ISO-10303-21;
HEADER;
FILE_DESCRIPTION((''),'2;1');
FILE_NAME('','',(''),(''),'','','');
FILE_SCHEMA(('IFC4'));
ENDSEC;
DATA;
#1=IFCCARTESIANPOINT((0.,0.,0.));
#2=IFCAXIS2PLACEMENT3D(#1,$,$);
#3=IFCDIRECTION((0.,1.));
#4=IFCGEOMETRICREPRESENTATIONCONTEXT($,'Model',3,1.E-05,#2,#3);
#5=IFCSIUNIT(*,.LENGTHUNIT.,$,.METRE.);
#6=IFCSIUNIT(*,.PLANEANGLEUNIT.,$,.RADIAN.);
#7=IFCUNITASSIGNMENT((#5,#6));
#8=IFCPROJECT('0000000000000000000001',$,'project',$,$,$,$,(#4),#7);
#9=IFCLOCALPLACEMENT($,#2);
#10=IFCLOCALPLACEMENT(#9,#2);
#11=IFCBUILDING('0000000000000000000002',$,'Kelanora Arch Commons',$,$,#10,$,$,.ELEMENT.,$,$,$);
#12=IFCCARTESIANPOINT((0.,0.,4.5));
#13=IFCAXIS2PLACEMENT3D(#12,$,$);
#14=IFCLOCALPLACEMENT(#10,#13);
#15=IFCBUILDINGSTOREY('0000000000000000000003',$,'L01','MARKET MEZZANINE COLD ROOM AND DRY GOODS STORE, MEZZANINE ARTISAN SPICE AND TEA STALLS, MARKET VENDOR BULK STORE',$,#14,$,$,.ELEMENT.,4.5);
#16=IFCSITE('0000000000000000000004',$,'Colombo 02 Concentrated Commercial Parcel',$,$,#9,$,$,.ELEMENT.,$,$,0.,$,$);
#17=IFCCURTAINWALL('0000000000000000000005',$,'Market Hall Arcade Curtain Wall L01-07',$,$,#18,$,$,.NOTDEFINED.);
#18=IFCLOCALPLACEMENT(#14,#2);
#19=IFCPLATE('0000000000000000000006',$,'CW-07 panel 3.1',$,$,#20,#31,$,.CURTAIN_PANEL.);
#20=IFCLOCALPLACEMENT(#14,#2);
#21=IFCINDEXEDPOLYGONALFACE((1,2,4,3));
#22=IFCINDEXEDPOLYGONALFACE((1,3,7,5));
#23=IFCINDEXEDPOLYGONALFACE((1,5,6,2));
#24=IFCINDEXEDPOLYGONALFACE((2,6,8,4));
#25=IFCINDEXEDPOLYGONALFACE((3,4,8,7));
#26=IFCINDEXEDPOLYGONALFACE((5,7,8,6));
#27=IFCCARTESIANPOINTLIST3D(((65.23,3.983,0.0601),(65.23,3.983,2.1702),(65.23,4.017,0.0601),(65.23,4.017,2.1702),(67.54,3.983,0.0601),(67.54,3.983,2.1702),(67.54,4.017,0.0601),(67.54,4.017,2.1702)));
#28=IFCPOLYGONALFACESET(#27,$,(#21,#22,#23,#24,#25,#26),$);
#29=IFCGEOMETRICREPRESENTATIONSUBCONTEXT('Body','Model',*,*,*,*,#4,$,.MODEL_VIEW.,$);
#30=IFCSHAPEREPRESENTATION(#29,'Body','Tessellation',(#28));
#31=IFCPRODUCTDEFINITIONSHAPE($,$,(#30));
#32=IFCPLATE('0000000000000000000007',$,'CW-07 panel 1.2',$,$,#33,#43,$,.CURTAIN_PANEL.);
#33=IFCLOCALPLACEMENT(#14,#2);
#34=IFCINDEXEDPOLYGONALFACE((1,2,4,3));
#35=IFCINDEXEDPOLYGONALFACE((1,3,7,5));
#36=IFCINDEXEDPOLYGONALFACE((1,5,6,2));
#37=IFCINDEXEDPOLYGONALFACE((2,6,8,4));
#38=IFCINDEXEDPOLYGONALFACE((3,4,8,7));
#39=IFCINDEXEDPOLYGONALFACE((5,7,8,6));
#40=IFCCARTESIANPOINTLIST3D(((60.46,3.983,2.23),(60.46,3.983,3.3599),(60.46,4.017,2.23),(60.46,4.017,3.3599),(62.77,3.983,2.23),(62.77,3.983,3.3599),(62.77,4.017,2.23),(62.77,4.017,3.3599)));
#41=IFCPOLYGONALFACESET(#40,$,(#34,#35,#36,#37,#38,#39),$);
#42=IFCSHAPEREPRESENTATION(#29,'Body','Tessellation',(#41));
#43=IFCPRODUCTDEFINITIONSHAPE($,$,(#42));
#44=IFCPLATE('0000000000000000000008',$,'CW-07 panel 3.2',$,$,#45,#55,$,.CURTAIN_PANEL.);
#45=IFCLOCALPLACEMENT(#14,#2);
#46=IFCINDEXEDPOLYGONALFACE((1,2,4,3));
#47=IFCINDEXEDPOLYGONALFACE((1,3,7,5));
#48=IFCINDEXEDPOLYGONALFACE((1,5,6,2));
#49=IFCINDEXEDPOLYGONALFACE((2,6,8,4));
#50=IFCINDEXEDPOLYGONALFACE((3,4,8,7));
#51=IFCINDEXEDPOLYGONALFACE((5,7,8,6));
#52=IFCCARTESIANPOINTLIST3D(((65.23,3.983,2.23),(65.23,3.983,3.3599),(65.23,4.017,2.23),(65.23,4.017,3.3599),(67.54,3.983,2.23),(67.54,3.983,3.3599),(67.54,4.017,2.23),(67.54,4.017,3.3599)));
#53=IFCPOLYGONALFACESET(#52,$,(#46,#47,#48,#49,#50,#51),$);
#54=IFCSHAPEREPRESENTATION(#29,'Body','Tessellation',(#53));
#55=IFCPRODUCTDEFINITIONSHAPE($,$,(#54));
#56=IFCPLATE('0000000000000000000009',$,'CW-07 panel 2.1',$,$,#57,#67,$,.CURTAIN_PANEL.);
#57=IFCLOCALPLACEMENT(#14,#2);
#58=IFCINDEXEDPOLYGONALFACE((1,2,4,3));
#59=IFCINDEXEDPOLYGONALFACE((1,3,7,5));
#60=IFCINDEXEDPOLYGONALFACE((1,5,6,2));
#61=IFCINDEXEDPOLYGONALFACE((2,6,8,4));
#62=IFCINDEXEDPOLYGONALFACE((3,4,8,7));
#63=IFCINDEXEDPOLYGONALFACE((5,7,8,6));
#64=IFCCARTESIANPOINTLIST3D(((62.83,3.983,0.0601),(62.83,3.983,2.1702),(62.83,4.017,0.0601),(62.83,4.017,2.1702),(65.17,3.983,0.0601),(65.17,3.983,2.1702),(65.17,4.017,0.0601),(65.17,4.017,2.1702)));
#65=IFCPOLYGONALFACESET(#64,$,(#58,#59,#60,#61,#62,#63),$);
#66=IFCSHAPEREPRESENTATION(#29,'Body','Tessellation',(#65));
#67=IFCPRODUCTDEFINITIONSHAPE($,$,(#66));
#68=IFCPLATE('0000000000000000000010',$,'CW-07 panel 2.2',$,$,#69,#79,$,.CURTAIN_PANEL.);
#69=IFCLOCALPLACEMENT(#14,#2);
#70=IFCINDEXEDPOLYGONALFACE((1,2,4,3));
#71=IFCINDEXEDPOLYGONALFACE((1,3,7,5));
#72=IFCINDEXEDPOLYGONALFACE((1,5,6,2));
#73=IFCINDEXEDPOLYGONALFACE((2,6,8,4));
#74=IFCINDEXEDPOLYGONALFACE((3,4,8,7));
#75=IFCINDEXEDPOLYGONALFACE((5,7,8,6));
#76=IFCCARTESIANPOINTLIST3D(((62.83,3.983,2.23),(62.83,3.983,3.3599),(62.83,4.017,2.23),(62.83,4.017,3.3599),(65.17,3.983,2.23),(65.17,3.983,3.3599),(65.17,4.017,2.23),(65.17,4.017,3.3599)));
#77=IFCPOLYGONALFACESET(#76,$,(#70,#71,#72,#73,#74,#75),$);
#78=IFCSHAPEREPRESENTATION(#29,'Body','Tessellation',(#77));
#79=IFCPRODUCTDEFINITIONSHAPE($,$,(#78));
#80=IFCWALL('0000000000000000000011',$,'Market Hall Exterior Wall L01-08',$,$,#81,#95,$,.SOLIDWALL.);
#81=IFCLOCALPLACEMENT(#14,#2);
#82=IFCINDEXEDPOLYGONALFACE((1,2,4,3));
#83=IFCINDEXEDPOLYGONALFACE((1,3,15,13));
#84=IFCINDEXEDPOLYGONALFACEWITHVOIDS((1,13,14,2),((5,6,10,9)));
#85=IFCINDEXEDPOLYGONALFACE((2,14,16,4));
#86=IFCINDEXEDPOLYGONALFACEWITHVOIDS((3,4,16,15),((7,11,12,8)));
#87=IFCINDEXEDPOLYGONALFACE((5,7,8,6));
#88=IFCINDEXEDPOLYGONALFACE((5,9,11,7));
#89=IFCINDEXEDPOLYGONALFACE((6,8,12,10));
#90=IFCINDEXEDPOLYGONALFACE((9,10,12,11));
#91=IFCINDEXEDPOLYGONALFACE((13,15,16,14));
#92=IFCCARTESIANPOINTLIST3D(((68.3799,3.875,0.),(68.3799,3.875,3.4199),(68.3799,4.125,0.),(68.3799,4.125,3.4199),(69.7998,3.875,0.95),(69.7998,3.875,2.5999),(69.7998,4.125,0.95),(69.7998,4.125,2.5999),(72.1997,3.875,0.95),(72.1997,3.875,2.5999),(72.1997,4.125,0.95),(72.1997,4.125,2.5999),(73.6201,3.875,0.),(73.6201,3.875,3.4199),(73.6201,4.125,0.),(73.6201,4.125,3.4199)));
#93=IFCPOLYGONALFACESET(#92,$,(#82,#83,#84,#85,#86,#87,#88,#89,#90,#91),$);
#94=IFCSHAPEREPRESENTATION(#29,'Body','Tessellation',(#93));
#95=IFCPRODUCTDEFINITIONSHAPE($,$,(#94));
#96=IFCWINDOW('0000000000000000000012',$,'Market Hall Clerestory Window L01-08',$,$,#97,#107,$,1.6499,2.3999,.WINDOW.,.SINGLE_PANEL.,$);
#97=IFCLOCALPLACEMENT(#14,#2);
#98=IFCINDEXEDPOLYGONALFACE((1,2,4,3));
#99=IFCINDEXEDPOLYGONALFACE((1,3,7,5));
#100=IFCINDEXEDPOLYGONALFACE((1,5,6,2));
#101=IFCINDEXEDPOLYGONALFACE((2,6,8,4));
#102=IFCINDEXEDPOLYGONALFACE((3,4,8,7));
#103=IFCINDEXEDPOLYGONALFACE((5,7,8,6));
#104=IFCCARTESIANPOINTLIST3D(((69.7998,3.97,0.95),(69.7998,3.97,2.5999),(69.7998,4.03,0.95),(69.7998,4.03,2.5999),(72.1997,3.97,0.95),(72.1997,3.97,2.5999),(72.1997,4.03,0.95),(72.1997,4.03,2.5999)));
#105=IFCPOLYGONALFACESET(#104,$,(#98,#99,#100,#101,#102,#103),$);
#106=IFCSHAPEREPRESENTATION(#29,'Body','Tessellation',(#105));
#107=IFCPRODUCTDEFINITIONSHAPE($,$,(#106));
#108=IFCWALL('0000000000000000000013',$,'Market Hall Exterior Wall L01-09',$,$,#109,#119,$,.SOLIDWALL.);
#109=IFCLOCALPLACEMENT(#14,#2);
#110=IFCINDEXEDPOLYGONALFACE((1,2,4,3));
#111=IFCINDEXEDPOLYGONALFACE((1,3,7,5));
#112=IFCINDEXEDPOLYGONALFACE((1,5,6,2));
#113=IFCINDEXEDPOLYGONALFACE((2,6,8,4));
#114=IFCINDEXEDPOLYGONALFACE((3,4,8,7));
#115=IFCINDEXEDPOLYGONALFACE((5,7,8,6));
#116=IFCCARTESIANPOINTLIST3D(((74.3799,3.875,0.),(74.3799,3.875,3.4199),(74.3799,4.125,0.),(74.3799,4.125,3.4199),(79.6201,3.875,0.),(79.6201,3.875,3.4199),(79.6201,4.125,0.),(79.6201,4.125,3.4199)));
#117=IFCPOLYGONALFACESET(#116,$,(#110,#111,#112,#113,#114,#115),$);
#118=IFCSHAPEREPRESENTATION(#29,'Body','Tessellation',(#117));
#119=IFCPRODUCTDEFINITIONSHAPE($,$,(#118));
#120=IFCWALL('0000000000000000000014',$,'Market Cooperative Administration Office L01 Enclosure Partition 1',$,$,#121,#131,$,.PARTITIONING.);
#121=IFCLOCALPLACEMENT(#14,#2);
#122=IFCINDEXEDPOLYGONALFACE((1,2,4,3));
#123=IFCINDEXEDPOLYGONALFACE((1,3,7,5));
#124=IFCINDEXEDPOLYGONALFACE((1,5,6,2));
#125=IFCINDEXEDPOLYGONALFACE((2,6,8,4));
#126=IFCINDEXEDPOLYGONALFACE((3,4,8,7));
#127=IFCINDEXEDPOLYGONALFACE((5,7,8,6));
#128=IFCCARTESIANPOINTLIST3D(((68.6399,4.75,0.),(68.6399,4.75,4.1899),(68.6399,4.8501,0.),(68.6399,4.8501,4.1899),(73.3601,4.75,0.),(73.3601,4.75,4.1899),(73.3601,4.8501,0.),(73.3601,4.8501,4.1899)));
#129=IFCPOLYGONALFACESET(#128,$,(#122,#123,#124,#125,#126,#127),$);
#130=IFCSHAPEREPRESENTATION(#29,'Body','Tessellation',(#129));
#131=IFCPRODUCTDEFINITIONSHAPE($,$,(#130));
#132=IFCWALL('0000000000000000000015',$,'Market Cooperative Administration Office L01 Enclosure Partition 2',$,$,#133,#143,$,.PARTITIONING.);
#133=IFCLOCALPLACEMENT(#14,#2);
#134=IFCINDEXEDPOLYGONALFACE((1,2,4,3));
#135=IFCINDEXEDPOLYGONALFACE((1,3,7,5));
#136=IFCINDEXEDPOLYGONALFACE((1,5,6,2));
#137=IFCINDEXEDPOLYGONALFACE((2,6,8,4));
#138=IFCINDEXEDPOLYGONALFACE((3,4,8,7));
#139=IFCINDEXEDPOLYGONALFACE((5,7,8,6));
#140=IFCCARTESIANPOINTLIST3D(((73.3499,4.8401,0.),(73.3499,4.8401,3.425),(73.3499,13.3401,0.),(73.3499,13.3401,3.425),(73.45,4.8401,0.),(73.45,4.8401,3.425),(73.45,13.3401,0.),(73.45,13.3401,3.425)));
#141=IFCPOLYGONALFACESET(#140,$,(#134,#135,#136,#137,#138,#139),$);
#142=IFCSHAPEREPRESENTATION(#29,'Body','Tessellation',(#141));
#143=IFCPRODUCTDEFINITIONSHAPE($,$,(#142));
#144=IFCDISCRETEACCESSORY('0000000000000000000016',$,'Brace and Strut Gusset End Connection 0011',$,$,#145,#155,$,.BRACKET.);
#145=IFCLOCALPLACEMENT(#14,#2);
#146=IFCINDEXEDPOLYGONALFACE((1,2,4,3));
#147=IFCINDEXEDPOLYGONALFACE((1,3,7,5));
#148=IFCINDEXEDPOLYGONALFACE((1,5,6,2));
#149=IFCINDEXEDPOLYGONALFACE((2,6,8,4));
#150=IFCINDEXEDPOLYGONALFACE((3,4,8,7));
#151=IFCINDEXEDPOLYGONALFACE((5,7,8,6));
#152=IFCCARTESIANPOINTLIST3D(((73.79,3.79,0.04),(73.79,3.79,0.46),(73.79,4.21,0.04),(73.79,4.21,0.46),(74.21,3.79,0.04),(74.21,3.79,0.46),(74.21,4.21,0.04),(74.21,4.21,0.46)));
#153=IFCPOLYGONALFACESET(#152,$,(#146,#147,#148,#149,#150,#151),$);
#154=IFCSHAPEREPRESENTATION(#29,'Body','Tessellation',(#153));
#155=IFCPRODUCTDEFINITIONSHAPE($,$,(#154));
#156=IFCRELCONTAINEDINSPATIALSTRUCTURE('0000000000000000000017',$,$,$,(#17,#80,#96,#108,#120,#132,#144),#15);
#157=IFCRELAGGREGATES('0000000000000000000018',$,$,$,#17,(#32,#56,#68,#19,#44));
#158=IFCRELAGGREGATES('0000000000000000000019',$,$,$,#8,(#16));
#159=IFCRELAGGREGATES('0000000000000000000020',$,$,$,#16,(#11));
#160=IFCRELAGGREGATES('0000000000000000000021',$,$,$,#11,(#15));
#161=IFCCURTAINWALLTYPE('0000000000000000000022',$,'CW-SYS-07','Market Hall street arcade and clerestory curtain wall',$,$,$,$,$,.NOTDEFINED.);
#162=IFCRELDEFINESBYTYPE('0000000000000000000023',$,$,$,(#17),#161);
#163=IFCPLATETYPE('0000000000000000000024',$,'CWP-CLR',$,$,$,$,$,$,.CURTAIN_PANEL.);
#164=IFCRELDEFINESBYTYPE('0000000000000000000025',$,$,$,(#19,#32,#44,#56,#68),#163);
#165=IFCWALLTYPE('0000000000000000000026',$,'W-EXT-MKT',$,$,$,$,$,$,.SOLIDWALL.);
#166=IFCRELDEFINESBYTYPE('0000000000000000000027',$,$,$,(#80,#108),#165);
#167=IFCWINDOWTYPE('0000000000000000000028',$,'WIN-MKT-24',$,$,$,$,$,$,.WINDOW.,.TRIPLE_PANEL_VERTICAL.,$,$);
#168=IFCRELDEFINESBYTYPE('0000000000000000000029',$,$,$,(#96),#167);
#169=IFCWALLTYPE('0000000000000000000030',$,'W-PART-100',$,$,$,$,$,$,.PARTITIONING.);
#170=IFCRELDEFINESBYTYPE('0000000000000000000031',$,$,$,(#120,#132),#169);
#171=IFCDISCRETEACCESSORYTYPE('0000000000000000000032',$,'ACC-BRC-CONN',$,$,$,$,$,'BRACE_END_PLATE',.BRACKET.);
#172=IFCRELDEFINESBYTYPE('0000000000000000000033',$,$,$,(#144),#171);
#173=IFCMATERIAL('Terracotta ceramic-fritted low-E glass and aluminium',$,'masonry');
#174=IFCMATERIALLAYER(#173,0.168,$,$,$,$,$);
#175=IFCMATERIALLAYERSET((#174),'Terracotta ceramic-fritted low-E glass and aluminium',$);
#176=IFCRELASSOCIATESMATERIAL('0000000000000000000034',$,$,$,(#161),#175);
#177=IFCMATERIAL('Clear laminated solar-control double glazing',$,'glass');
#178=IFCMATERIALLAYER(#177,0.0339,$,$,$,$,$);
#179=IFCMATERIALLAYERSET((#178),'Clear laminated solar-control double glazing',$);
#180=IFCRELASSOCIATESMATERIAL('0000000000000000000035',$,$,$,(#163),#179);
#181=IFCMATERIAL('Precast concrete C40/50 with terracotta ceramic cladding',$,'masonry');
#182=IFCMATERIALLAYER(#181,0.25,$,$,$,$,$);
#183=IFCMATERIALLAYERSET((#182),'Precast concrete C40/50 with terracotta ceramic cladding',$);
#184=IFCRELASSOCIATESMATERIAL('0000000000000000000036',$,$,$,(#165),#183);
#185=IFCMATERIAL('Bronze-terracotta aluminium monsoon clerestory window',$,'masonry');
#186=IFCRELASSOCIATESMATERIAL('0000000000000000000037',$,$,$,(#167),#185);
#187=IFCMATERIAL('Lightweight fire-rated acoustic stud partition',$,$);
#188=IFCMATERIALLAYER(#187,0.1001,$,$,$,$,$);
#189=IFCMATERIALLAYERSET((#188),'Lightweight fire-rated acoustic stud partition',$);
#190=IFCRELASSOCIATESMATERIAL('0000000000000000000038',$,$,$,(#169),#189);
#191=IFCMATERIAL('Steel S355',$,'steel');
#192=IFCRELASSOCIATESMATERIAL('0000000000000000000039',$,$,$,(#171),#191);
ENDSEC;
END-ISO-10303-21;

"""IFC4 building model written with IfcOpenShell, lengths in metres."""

from ifc_helpers import new_model, si_unit, direction, frame, frame_2d, origin, origin_2d, place, context, subcontext, project, spatial, rectangle, extrude, source, transform, mapped, material, layer, layer_set, type_object, element, fill, aggregate, save


model = new_model("IFC4")

# Units and contexts
model_context = context("Model", 3, precision=1e-05, world=origin(), true_north=direction((0.0, 1.0)))
body_context = subcontext(model_context, "Body", "Model", "MODEL_VIEW")
ifc_project = project(units=[si_unit("LENGTHUNIT", "METRE"), si_unit("PLANEANGLEUNIT", "RADIAN")], contexts=[model_context])

# Site, building, storey
site_placement = place(None, origin())
site = spatial("IfcSite", under=ifc_project, at=site_placement, Name="Colombo 02 Concentrated Commercial Parcel", CompositionType="ELEMENT", RefElevation=0.0)
building_placement = place(site_placement, origin())
building = spatial("IfcBuilding", under=site, at=building_placement, Name="Kelanora Arch Commons", CompositionType="ELEMENT")
storey_placement = place(building_placement, frame((0.0, 0.0, 4.5)))
storey = spatial("IfcBuildingStorey", under=building, at=storey_placement, Name="L01", Description="MARKET MEZZANINE COLD ROOM AND DRY GOODS STORE, MEZZANINE ARTISAN SPICE AND TEA STALLS, MARKET VENDOR BULK STORE", CompositionType="ELEMENT", Elevation=4.5)

# Curtain wall
ifc_material_1 = material(Name="Terracotta ceramic-fritted low-E glass and aluminium", Category="masonry")
ifc_layer_1 = layer(ifc_material_1, 0.168)
ifc_layer_set_1 = layer_set([ifc_layer_1], Name="Terracotta ceramic-fritted low-E glass and aluminium")
curtain_wall_type = type_object("IfcCurtainWallType", Name="CW-SYS-07", Description="Market Hall street arcade and clerestory curtain wall", PredefinedType="NOTDEFINED", material=ifc_layer_set_1)
curtain_wall_placement = place(storey_placement, origin())
curtain_wall = element("IfcCurtainWall", 1, at=curtain_wall_placement, inside=storey, type_object=curtain_wall_type, Name="Market Hall Arcade Curtain Wall L01-07", PredefinedType="NOTDEFINED")

# Shared definitions
ifc_material_2 = material(Name="Steel S355", Category="steel")

# Plates
ifc_material_3 = material(Name="Clear laminated solar-control double glazing", Category="glass")
ifc_layer_2 = layer(ifc_material_3, 0.0339)
ifc_layer_set_2 = layer_set([ifc_layer_2], Name="Clear laminated solar-control double glazing")
plate_type = type_object("IfcPlateType", Name="CWP-CLR", PredefinedType="CURTAIN_PANEL", material=ifc_layer_set_2)
shared_shape_1 = source(origin(), body_context, "Body", "SweptSolid", [
    extrude(rectangle(XDim=2.3101, YDim=0.0339, at=origin_2d()), origin(), (0.0, 0.0, 1.0), 2.1101),
])
plate_1_placement = place(storey_placement, frame((66.385, 4.0, 0.0601), z_axis=(0.0, 0.0, 1.0), x_axis=(1.0, 0.0, 0.0)))
plate_1 = element("IfcPlate", 2, at=plate_1_placement, type_object=plate_type, Name="CW-07 panel 3.1", PredefinedType="CURTAIN_PANEL", context=body_context, shape_type="MappedRepresentation", body=[
    mapped(shared_shape_1, transform((0.0, 0.0, 0.0), scale=1.0)),
])
shared_shape_2 = source(origin(), body_context, "Body", "SweptSolid", [
    extrude(rectangle(XDim=2.3101, YDim=0.0339, at=origin_2d()), origin(), (0.0, 0.0, 1.0), 1.1299),
])
plate_2_placement = place(storey_placement, frame((61.615, 4.0, 2.23), z_axis=(0.0, 0.0, 1.0), x_axis=(1.0, 0.0, 0.0)))
plate_2 = element("IfcPlate", 3, at=plate_2_placement, type_object=plate_type, Name="CW-07 panel 1.2", PredefinedType="CURTAIN_PANEL", context=body_context, shape_type="MappedRepresentation", body=[
    mapped(shared_shape_2, transform((0.0, 0.0, 0.0), scale=1.0)),
])
plate_3_placement = place(storey_placement, frame((66.385, 4.0, 2.23), z_axis=(0.0, 0.0, 1.0), x_axis=(1.0, 0.0, 0.0)))
plate_3 = element("IfcPlate", 4, at=plate_3_placement, type_object=plate_type, Name="CW-07 panel 3.2", PredefinedType="CURTAIN_PANEL", context=body_context, shape_type="MappedRepresentation", body=[
    mapped(shared_shape_2, transform((0.0, 0.0, 0.0), scale=1.0)),
])
shared_shape_3 = source(origin(), body_context, "Body", "SweptSolid", [
    extrude(rectangle(XDim=2.3401, YDim=0.0339, at=origin_2d()), origin(), (0.0, 0.0, 1.0), 2.1101),
])
plate_4_placement = place(storey_placement, frame((64.0, 4.0, 0.0601), z_axis=(0.0, 0.0, 1.0), x_axis=(1.0, 0.0, 0.0)))
plate_4 = element("IfcPlate", 5, at=plate_4_placement, type_object=plate_type, Name="CW-07 panel 2.1", PredefinedType="CURTAIN_PANEL", context=body_context, shape_type="MappedRepresentation", body=[
    mapped(shared_shape_3, transform((0.0, 0.0, 0.0), scale=1.0)),
])
shared_shape_4 = source(origin(), body_context, "Body", "SweptSolid", [
    extrude(rectangle(XDim=2.3401, YDim=0.0339, at=origin_2d()), origin(), (0.0, 0.0, 1.0), 1.1299),
])
plate_5_placement = place(storey_placement, frame((64.0, 4.0, 2.23), z_axis=(0.0, 0.0, 1.0), x_axis=(1.0, 0.0, 0.0)))
plate_5 = element("IfcPlate", 6, at=plate_5_placement, type_object=plate_type, Name="CW-07 panel 2.2", PredefinedType="CURTAIN_PANEL", context=body_context, shape_type="MappedRepresentation", body=[
    mapped(shared_shape_4, transform((0.0, 0.0, 0.0), scale=1.0)),
])
aggregate(curtain_wall, [plate_2, plate_4, plate_5, plate_1, plate_3])

# Wall, opening, window
ifc_material_4 = material(Name="Precast concrete C40/50 with terracotta ceramic cladding", Category="masonry")
ifc_layer_3 = layer(ifc_material_4, 0.25)
ifc_layer_set_3 = layer_set([ifc_layer_3], Name="Precast concrete C40/50 with terracotta ceramic cladding")
wall_type_1 = type_object("IfcWallType", Name="W-EXT-MKT", PredefinedType="SOLIDWALL", material=ifc_layer_set_3)
wall_1_placement = place(storey_placement, frame((68.3799, 4.0, 0.0), z_axis=(0.0, 0.0, 1.0), x_axis=(1.0, 0.0, 0.0)))
wall_1 = element("IfcWall", 7, at=wall_1_placement, inside=storey, type_object=wall_type_1, Name="Market Hall Exterior Wall L01-08", PredefinedType="SOLIDWALL", context=body_context, shape_type="SweptSolid", body=[
    extrude(rectangle(XDim=5.2402, YDim=0.25, at=frame_2d((2.6201, 0.0))), origin(), (0.0, 0.0, 1.0), 3.4199),
])
opening_placement = place(wall_1_placement, frame((1.4199, 0.0, 0.95)))
opening = element("IfcOpeningElement", 8, at=opening_placement, cuts=wall_1, PredefinedType="OPENING", context=body_context, shape_type="SweptSolid", body=[
    extrude(rectangle(XDim=2.3999, YDim=1.6499, at=frame_2d((1.2, 0.825))), frame((0.0, 0.135, 0.0), z_axis=(0.0, -1.0, 0.0), x_axis=(1.0, 0.0, 0.0)), (0.0, 0.0, 1.0), 0.27),
])
ifc_material_5 = material(Name="Bronze-terracotta aluminium monsoon clerestory window", Category="masonry")
window_type = type_object("IfcWindowType", Name="WIN-MKT-24", PartitioningType="TRIPLE_PANEL_VERTICAL", PredefinedType="WINDOW", material=ifc_material_5)
window_placement = place(opening_placement, origin())
window = element("IfcWindow", 9, at=window_placement, inside=storey, type_object=window_type, Name="Market Hall Clerestory Window L01-08", OverallHeight=1.6499, OverallWidth=2.3999, PartitioningType="SINGLE_PANEL", PredefinedType="WINDOW", context=body_context, shape_type="SweptSolid", body=[
    extrude(rectangle(XDim=2.3999, YDim=1.6499, at=frame_2d((1.2, 0.825))), frame((0.0, 0.03, 0.0), z_axis=(0.0, -1.0, 0.0), x_axis=(1.0, 0.0, 0.0)), (0.0, 0.0, 1.0), 0.0601),
])
fill(opening, window)

# Walls
wall_2_placement = place(storey_placement, frame((74.3799, 4.0, 0.0), z_axis=(0.0, 0.0, 1.0), x_axis=(1.0, 0.0, 0.0)))
element("IfcWall", 10, at=wall_2_placement, inside=storey, type_object=wall_type_1, Name="Market Hall Exterior Wall L01-09", PredefinedType="SOLIDWALL", context=body_context, shape_type="SweptSolid", body=[
    extrude(rectangle(XDim=5.2402, YDim=0.25, at=frame_2d((2.6201, 0.0))), origin(), (0.0, 0.0, 1.0), 3.4199),
])
ifc_material_6 = material(Name="Lightweight fire-rated acoustic stud partition")
ifc_layer_4 = layer(ifc_material_6, 0.1001)
ifc_layer_set_4 = layer_set([ifc_layer_4], Name="Lightweight fire-rated acoustic stud partition")
wall_type_2 = type_object("IfcWallType", Name="W-PART-100", PredefinedType="PARTITIONING", material=ifc_layer_set_4)
wall_3_placement = place(storey_placement, frame((68.6399, 4.8, 0.0), z_axis=(0.0, 0.0, 1.0), x_axis=(1.0, 0.0, 0.0)))
element("IfcWall", 11, at=wall_3_placement, inside=storey, type_object=wall_type_2, Name="Market Cooperative Administration Office L01 Enclosure Partition 1", PredefinedType="PARTITIONING", context=body_context, shape_type="SweptSolid", body=[
    extrude(rectangle(XDim=4.7202, YDim=0.1001, at=frame_2d((2.3601, 0.0))), origin(), (0.0, 0.0, 1.0), 4.1899),
])
wall_4_placement = place(storey_placement, frame((73.3999, 4.8401, 0.0), z_axis=(0.0, 0.0, 1.0), x_axis=(0.0, 1.0, 0.0)))
element("IfcWall", 12, at=wall_4_placement, inside=storey, type_object=wall_type_2, Name="Market Cooperative Administration Office L01 Enclosure Partition 2", PredefinedType="PARTITIONING", context=body_context, shape_type="SweptSolid", body=[
    extrude(rectangle(XDim=8.5, YDim=0.1001, at=frame_2d((4.25, 0.0))), origin(), (0.0, 0.0, 1.0), 3.425),
])

# Discrete accessory
discrete_accessory_type = type_object("IfcDiscreteAccessoryType", Name="ACC-BRC-CONN", ElementType="BRACE_END_PLATE", PredefinedType="BRACKET", material=ifc_material_2)
shared_shape_5 = source(origin(), body_context, "Body", "SweptSolid", [
    extrude(rectangle(XDim=0.4199, YDim=0.4199, at=origin_2d()), origin(), (0.0, 0.0, 1.0), 0.4199),
])
discrete_accessory_placement = place(storey_placement, frame((74.0, 4.0, 0.04), z_axis=(0.0, 0.0, 1.0), x_axis=(1.0, 0.0, 0.0)))
element("IfcDiscreteAccessory", 13, at=discrete_accessory_placement, inside=storey, type_object=discrete_accessory_type, Name="Brace and Strut Gusset End Connection 0011", PredefinedType="BRACKET", context=body_context, shape_type="MappedRepresentation", body=[
    mapped(shared_shape_5, transform((0.0, 0.0, 0.0), scale=1.0)),
])

save(model, "model.ifc")
